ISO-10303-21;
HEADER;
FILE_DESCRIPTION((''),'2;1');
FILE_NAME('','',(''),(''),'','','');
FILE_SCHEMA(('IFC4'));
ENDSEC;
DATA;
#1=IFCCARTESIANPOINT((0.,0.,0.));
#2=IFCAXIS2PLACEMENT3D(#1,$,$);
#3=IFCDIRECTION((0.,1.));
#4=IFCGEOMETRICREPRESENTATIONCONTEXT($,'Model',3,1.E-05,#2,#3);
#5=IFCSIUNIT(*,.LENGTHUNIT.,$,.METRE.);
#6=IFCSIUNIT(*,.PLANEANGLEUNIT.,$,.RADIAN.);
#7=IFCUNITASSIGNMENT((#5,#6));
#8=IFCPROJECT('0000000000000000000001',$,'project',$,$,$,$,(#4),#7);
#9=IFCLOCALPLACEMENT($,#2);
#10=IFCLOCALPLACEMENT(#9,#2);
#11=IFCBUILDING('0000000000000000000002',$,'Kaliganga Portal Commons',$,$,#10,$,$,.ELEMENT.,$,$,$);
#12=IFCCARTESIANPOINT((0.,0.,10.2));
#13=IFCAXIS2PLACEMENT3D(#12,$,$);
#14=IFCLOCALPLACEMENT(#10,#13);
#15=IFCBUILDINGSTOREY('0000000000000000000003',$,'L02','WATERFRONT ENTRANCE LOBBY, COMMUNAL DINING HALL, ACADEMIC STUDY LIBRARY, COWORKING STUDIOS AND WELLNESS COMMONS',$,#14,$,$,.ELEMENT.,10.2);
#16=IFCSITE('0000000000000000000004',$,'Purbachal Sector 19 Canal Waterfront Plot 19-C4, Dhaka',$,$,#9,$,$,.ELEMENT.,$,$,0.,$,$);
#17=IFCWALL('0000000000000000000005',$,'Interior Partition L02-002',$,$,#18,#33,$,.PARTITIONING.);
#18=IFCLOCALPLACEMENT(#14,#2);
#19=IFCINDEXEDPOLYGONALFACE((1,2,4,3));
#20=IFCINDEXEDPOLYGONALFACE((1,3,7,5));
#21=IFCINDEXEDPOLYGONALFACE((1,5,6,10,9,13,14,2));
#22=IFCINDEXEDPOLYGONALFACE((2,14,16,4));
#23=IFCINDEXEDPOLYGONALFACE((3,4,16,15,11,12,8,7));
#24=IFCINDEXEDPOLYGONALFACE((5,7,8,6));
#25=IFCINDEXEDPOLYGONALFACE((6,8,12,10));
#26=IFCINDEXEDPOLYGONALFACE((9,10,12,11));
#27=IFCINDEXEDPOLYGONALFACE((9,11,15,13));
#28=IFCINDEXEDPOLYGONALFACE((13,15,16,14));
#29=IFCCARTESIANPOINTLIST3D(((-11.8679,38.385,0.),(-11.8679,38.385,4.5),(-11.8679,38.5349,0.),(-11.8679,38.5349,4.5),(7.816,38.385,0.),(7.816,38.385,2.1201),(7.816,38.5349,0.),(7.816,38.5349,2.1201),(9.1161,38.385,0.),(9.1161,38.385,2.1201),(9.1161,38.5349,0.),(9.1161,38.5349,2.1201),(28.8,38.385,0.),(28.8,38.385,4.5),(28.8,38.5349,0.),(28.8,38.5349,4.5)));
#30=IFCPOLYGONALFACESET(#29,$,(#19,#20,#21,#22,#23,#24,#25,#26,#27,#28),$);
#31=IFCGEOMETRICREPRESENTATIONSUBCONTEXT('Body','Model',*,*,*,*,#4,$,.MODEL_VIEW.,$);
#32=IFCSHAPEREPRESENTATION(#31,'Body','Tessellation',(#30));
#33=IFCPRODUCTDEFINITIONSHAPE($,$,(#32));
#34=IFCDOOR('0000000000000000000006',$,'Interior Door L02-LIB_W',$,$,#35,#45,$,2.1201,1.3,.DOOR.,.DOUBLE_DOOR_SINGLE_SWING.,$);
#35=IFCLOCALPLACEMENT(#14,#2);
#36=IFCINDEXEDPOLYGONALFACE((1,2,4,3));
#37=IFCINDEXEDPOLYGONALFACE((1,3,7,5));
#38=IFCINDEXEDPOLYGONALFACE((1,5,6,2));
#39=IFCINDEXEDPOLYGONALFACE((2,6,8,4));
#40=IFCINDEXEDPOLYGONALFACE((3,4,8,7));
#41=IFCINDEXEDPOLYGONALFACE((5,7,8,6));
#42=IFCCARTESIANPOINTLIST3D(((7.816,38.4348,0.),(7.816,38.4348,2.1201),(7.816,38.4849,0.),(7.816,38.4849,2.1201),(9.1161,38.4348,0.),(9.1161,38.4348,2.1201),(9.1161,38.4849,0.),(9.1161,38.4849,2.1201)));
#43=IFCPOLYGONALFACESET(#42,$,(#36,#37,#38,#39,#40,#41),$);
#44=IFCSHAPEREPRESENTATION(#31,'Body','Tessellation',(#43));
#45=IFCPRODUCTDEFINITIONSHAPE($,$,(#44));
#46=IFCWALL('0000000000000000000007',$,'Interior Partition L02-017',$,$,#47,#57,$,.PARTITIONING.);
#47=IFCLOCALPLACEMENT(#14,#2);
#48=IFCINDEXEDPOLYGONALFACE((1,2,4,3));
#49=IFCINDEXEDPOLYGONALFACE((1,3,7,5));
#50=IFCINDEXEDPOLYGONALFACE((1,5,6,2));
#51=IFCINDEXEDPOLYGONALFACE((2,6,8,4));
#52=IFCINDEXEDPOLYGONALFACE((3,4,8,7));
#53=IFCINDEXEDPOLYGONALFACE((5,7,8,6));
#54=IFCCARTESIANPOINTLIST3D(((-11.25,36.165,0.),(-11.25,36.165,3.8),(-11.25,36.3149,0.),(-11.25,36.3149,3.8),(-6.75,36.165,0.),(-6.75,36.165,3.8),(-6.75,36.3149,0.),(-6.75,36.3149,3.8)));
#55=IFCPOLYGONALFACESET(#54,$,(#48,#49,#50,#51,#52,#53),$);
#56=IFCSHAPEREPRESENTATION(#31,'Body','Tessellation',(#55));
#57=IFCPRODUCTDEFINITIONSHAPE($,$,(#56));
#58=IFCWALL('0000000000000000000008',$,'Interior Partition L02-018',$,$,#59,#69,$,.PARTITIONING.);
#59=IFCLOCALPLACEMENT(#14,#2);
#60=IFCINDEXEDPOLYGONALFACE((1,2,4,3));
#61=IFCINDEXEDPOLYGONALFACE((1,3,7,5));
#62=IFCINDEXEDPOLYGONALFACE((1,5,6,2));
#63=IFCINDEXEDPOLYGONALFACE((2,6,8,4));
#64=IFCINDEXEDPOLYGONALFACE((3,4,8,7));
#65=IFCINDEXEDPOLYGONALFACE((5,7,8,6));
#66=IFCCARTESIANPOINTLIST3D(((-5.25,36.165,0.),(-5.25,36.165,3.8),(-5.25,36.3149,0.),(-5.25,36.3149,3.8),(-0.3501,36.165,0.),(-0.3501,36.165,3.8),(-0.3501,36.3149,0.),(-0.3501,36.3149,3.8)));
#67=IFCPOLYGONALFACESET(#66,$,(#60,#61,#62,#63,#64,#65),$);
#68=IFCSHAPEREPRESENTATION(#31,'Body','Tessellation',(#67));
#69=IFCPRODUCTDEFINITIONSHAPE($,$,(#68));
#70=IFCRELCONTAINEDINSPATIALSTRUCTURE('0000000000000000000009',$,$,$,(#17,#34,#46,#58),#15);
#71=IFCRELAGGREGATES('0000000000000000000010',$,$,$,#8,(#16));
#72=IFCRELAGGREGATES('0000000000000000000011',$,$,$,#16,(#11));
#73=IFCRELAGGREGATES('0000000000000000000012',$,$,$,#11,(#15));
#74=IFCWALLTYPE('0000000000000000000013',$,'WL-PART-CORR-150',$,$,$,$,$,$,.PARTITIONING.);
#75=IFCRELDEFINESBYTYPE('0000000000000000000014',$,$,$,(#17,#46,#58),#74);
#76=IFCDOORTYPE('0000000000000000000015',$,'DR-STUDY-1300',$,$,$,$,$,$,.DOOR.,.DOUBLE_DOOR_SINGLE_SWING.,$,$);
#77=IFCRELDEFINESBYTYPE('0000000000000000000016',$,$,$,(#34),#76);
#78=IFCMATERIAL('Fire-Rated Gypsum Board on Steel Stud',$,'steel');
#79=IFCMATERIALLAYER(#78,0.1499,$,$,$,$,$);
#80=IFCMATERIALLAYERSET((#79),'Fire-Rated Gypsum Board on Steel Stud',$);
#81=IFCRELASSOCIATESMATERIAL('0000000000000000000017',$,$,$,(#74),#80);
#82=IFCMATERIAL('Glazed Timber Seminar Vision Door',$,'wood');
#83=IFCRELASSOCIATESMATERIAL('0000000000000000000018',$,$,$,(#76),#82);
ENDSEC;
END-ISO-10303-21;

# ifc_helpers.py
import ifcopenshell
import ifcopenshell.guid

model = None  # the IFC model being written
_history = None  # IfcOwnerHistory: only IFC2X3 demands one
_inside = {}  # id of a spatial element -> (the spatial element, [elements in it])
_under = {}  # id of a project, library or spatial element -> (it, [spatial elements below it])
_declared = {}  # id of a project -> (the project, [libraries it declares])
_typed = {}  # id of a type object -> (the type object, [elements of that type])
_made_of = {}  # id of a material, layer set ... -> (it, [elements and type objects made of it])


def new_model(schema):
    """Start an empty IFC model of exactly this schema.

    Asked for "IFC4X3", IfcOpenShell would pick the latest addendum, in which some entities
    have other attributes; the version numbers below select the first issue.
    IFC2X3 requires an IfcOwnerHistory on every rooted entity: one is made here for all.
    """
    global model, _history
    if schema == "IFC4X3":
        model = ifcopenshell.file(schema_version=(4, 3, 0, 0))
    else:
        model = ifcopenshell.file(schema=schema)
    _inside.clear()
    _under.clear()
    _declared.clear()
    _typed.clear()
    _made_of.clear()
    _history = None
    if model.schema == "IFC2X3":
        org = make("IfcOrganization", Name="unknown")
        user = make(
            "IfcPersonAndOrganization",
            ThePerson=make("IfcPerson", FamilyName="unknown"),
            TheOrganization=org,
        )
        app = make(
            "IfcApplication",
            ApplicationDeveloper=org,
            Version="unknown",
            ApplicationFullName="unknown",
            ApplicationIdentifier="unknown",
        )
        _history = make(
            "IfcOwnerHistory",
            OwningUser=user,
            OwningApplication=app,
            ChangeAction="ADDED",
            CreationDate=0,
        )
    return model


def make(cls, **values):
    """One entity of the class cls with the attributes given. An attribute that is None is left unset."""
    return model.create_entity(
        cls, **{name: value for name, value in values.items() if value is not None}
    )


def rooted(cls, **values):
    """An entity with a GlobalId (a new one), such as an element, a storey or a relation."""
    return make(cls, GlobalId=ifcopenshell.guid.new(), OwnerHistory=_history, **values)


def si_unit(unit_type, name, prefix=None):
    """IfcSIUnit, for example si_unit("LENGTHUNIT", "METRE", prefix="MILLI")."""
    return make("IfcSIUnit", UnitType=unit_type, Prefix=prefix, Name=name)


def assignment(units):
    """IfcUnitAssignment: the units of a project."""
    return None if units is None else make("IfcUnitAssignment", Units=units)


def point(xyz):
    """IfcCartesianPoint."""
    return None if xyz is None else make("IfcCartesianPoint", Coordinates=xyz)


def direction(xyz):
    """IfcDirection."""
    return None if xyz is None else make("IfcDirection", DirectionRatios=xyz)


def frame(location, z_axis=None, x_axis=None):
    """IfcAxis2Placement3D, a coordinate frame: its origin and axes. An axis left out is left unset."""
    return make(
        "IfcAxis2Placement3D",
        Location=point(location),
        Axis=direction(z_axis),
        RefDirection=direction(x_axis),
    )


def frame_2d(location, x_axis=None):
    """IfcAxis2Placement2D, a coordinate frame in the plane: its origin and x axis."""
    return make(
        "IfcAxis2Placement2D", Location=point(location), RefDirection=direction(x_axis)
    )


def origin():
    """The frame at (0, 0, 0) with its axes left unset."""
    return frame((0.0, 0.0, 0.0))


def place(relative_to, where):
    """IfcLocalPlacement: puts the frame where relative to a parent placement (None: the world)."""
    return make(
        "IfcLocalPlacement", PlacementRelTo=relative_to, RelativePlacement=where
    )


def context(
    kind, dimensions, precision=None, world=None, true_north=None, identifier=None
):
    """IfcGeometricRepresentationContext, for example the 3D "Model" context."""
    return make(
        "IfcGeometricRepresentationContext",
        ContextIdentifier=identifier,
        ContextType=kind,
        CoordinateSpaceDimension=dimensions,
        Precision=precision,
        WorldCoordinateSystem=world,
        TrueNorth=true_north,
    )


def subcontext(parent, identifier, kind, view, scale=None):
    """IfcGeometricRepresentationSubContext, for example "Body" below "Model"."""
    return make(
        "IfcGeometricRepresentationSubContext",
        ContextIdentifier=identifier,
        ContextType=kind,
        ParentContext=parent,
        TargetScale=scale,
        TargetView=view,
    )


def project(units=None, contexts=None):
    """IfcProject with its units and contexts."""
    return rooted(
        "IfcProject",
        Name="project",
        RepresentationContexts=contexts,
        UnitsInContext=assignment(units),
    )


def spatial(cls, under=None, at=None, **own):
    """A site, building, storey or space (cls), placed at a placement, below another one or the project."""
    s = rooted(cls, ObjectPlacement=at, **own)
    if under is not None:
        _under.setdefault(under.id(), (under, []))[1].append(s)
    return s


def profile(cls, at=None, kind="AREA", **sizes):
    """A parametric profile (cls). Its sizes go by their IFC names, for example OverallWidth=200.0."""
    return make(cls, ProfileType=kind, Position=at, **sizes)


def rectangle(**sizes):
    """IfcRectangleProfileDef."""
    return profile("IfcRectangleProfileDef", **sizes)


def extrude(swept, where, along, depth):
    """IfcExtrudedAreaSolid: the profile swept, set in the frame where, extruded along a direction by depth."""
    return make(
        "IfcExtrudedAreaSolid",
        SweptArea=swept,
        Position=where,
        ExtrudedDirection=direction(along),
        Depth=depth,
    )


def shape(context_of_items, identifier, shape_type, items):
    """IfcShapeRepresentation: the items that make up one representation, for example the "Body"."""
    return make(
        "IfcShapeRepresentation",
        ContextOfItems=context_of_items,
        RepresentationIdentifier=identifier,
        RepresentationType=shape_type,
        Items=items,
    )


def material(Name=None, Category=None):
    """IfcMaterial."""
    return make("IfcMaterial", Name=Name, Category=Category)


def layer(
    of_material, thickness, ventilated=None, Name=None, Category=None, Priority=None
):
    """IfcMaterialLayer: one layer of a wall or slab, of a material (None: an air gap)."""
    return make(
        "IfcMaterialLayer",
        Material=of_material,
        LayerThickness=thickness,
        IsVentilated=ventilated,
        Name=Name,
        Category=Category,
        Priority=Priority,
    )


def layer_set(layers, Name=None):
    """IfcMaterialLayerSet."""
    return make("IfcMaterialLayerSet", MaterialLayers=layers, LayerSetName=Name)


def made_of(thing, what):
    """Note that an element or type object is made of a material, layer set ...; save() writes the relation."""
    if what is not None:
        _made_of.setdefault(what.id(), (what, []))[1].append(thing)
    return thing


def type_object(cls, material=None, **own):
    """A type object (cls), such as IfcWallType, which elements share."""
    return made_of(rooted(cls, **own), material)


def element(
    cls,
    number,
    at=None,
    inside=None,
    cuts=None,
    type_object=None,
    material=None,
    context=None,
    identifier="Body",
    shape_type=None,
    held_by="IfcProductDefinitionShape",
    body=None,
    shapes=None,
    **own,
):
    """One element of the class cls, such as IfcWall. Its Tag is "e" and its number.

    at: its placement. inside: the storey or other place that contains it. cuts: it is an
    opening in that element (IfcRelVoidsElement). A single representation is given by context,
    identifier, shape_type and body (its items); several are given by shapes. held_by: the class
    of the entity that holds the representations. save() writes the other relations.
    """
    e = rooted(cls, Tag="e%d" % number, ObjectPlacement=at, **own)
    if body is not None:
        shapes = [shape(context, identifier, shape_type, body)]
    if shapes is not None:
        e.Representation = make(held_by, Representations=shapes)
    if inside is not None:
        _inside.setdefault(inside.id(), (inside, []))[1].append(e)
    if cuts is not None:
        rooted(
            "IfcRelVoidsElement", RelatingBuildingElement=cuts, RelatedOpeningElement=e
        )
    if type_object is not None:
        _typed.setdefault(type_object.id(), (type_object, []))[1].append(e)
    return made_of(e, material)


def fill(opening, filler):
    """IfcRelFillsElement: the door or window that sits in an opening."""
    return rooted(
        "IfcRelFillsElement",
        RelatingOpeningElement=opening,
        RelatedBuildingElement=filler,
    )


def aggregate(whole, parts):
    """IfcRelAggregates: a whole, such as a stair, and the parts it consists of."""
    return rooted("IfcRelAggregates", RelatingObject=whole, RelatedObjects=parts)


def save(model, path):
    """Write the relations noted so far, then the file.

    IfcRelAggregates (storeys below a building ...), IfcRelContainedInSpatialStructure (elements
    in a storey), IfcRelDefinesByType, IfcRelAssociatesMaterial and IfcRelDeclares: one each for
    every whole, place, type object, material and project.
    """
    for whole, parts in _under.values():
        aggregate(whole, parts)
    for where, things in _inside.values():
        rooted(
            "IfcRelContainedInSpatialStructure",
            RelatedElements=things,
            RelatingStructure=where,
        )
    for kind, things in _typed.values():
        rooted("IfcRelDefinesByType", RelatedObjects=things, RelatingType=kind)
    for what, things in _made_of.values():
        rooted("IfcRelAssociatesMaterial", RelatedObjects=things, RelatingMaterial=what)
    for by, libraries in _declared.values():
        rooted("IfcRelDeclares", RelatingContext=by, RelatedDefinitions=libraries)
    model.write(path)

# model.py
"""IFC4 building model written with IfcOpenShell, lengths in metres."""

from ifc_helpers import new_model, si_unit, direction, frame, frame_2d, origin, place, context, subcontext, project, spatial, rectangle, extrude, material, layer, layer_set, type_object, element, fill, save


model = new_model("IFC4")

# Units and contexts
model_context = context("Model", 3, precision=1e-05, world=origin(), true_north=direction((0.0, 1.0)))
body_context = subcontext(model_context, "Body", "Model", "MODEL_VIEW")
ifc_project = project(units=[si_unit("LENGTHUNIT", "METRE"), si_unit("PLANEANGLEUNIT", "RADIAN")], contexts=[model_context])

# Site, building, storey
site_placement = place(None, origin())
site = spatial("IfcSite", under=ifc_project, at=site_placement, Name="Purbachal Sector 19 Canal Waterfront Plot 19-C4, Dhaka", CompositionType="ELEMENT", RefElevation=0.0)
building_placement = place(site_placement, origin())
building = spatial("IfcBuilding", under=site, at=building_placement, Name="Kaliganga Portal Commons", CompositionType="ELEMENT")
storey_placement = place(building_placement, frame((0.0, 0.0, 10.2)))
storey = spatial("IfcBuildingStorey", under=building, at=storey_placement, Name="L02", Description="WATERFRONT ENTRANCE LOBBY, COMMUNAL DINING HALL, ACADEMIC STUDY LIBRARY, COWORKING STUDIOS AND WELLNESS COMMONS", CompositionType="ELEMENT", Elevation=10.2)

# Wall, opening, door
ifc_material_1 = material(Name="Fire-Rated Gypsum Board on Steel Stud", Category="steel")
ifc_layer_1 = layer(ifc_material_1, 0.1499)
ifc_layer_set_1 = layer_set([ifc_layer_1], Name="Fire-Rated Gypsum Board on Steel Stud")
wall_type_1 = type_object("IfcWallType", Name="WL-PART-CORR-150", PredefinedType="PARTITIONING", material=ifc_layer_set_1)
wall_1_placement = place(storey_placement, frame((-11.8679, 38.46, 0.0), z_axis=(0.0, 0.0, 1.0), x_axis=(1.0, 0.0, 0.0)))
wall_1 = element("IfcWall", 1, at=wall_1_placement, inside=storey, type_object=wall_type_1, Name="Interior Partition L02-002", PredefinedType="PARTITIONING", context=body_context, shape_type="SweptSolid", body=[
    extrude(rectangle(XDim=40.668, YDim=0.1499, at=frame_2d((20.334, 0.0))), origin(), (0.0, 0.0, 1.0), 4.5),
])
opening_1_placement = place(wall_1_placement, frame((19.6841, 0.0, 0.0)))
opening_1 = element("IfcOpeningElement", 2, at=opening_1_placement, cuts=wall_1, PredefinedType="OPENING", context=body_context, shape_type="SweptSolid", body=[
    extrude(rectangle(XDim=1.3, YDim=2.1201, at=frame_2d((0.6499, 1.0601))), frame((0.0, 0.085, 0.0), z_axis=(0.0, -1.0, 0.0), x_axis=(1.0, 0.0, 0.0)), (0.0, 0.0, 1.0), 0.1699),
])
ifc_material_2 = material(Name="Glazed Timber Seminar Vision Door", Category="wood")
door_type = type_object("IfcDoorType", Name="DR-STUDY-1300", OperationType="DOUBLE_DOOR_SINGLE_SWING", PredefinedType="DOOR", material=ifc_material_2)
door_placement = place(opening_1_placement, origin())
door = element("IfcDoor", 3, at=door_placement, inside=storey, type_object=door_type, Name="Interior Door L02-LIB_W", OperationType="DOUBLE_DOOR_SINGLE_SWING", OverallHeight=2.1201, OverallWidth=1.3, PredefinedType="DOOR", context=body_context, shape_type="SweptSolid", body=[
    extrude(rectangle(XDim=1.3, YDim=2.1201, at=frame_2d((0.6499, 1.0601))), frame((0.0, 0.0249, 0.0), z_axis=(0.0, -1.0, 0.0), x_axis=(1.0, 0.0, 0.0)), (0.0, 0.0, 1.0), 0.05),
])
fill(opening_1, door)

# Walls
wall_2_placement = place(storey_placement, frame((-11.25, 36.24, 0.0), z_axis=(0.0, 0.0, 1.0), x_axis=(1.0, 0.0, 0.0)))
element("IfcWall", 4, at=wall_2_placement, inside=storey, type_object=wall_type_1, Name="Interior Partition L02-017", PredefinedType="PARTITIONING", context=body_context, shape_type="SweptSolid", body=[
    extrude(rectangle(XDim=4.5, YDim=0.1499, at=frame_2d((2.25, 0.0))), origin(), (0.0, 0.0, 1.0), 3.8),
])
wall_3_placement = place(storey_placement, frame((-5.25, 36.24, 0.0), z_axis=(0.0, 0.0, 1.0), x_axis=(1.0, 0.0, 0.0)))
element("IfcWall", 5, at=wall_3_placement, inside=storey, type_object=wall_type_1, Name="Interior Partition L02-018", PredefinedType="PARTITIONING", context=body_context, shape_type="SweptSolid", body=[
    extrude(rectangle(XDim=4.8999, YDim=0.1499, at=frame_2d((2.45, 0.0))), origin(), (0.0, 0.0, 1.0), 3.8),
])

save(model, "model.ifc")
